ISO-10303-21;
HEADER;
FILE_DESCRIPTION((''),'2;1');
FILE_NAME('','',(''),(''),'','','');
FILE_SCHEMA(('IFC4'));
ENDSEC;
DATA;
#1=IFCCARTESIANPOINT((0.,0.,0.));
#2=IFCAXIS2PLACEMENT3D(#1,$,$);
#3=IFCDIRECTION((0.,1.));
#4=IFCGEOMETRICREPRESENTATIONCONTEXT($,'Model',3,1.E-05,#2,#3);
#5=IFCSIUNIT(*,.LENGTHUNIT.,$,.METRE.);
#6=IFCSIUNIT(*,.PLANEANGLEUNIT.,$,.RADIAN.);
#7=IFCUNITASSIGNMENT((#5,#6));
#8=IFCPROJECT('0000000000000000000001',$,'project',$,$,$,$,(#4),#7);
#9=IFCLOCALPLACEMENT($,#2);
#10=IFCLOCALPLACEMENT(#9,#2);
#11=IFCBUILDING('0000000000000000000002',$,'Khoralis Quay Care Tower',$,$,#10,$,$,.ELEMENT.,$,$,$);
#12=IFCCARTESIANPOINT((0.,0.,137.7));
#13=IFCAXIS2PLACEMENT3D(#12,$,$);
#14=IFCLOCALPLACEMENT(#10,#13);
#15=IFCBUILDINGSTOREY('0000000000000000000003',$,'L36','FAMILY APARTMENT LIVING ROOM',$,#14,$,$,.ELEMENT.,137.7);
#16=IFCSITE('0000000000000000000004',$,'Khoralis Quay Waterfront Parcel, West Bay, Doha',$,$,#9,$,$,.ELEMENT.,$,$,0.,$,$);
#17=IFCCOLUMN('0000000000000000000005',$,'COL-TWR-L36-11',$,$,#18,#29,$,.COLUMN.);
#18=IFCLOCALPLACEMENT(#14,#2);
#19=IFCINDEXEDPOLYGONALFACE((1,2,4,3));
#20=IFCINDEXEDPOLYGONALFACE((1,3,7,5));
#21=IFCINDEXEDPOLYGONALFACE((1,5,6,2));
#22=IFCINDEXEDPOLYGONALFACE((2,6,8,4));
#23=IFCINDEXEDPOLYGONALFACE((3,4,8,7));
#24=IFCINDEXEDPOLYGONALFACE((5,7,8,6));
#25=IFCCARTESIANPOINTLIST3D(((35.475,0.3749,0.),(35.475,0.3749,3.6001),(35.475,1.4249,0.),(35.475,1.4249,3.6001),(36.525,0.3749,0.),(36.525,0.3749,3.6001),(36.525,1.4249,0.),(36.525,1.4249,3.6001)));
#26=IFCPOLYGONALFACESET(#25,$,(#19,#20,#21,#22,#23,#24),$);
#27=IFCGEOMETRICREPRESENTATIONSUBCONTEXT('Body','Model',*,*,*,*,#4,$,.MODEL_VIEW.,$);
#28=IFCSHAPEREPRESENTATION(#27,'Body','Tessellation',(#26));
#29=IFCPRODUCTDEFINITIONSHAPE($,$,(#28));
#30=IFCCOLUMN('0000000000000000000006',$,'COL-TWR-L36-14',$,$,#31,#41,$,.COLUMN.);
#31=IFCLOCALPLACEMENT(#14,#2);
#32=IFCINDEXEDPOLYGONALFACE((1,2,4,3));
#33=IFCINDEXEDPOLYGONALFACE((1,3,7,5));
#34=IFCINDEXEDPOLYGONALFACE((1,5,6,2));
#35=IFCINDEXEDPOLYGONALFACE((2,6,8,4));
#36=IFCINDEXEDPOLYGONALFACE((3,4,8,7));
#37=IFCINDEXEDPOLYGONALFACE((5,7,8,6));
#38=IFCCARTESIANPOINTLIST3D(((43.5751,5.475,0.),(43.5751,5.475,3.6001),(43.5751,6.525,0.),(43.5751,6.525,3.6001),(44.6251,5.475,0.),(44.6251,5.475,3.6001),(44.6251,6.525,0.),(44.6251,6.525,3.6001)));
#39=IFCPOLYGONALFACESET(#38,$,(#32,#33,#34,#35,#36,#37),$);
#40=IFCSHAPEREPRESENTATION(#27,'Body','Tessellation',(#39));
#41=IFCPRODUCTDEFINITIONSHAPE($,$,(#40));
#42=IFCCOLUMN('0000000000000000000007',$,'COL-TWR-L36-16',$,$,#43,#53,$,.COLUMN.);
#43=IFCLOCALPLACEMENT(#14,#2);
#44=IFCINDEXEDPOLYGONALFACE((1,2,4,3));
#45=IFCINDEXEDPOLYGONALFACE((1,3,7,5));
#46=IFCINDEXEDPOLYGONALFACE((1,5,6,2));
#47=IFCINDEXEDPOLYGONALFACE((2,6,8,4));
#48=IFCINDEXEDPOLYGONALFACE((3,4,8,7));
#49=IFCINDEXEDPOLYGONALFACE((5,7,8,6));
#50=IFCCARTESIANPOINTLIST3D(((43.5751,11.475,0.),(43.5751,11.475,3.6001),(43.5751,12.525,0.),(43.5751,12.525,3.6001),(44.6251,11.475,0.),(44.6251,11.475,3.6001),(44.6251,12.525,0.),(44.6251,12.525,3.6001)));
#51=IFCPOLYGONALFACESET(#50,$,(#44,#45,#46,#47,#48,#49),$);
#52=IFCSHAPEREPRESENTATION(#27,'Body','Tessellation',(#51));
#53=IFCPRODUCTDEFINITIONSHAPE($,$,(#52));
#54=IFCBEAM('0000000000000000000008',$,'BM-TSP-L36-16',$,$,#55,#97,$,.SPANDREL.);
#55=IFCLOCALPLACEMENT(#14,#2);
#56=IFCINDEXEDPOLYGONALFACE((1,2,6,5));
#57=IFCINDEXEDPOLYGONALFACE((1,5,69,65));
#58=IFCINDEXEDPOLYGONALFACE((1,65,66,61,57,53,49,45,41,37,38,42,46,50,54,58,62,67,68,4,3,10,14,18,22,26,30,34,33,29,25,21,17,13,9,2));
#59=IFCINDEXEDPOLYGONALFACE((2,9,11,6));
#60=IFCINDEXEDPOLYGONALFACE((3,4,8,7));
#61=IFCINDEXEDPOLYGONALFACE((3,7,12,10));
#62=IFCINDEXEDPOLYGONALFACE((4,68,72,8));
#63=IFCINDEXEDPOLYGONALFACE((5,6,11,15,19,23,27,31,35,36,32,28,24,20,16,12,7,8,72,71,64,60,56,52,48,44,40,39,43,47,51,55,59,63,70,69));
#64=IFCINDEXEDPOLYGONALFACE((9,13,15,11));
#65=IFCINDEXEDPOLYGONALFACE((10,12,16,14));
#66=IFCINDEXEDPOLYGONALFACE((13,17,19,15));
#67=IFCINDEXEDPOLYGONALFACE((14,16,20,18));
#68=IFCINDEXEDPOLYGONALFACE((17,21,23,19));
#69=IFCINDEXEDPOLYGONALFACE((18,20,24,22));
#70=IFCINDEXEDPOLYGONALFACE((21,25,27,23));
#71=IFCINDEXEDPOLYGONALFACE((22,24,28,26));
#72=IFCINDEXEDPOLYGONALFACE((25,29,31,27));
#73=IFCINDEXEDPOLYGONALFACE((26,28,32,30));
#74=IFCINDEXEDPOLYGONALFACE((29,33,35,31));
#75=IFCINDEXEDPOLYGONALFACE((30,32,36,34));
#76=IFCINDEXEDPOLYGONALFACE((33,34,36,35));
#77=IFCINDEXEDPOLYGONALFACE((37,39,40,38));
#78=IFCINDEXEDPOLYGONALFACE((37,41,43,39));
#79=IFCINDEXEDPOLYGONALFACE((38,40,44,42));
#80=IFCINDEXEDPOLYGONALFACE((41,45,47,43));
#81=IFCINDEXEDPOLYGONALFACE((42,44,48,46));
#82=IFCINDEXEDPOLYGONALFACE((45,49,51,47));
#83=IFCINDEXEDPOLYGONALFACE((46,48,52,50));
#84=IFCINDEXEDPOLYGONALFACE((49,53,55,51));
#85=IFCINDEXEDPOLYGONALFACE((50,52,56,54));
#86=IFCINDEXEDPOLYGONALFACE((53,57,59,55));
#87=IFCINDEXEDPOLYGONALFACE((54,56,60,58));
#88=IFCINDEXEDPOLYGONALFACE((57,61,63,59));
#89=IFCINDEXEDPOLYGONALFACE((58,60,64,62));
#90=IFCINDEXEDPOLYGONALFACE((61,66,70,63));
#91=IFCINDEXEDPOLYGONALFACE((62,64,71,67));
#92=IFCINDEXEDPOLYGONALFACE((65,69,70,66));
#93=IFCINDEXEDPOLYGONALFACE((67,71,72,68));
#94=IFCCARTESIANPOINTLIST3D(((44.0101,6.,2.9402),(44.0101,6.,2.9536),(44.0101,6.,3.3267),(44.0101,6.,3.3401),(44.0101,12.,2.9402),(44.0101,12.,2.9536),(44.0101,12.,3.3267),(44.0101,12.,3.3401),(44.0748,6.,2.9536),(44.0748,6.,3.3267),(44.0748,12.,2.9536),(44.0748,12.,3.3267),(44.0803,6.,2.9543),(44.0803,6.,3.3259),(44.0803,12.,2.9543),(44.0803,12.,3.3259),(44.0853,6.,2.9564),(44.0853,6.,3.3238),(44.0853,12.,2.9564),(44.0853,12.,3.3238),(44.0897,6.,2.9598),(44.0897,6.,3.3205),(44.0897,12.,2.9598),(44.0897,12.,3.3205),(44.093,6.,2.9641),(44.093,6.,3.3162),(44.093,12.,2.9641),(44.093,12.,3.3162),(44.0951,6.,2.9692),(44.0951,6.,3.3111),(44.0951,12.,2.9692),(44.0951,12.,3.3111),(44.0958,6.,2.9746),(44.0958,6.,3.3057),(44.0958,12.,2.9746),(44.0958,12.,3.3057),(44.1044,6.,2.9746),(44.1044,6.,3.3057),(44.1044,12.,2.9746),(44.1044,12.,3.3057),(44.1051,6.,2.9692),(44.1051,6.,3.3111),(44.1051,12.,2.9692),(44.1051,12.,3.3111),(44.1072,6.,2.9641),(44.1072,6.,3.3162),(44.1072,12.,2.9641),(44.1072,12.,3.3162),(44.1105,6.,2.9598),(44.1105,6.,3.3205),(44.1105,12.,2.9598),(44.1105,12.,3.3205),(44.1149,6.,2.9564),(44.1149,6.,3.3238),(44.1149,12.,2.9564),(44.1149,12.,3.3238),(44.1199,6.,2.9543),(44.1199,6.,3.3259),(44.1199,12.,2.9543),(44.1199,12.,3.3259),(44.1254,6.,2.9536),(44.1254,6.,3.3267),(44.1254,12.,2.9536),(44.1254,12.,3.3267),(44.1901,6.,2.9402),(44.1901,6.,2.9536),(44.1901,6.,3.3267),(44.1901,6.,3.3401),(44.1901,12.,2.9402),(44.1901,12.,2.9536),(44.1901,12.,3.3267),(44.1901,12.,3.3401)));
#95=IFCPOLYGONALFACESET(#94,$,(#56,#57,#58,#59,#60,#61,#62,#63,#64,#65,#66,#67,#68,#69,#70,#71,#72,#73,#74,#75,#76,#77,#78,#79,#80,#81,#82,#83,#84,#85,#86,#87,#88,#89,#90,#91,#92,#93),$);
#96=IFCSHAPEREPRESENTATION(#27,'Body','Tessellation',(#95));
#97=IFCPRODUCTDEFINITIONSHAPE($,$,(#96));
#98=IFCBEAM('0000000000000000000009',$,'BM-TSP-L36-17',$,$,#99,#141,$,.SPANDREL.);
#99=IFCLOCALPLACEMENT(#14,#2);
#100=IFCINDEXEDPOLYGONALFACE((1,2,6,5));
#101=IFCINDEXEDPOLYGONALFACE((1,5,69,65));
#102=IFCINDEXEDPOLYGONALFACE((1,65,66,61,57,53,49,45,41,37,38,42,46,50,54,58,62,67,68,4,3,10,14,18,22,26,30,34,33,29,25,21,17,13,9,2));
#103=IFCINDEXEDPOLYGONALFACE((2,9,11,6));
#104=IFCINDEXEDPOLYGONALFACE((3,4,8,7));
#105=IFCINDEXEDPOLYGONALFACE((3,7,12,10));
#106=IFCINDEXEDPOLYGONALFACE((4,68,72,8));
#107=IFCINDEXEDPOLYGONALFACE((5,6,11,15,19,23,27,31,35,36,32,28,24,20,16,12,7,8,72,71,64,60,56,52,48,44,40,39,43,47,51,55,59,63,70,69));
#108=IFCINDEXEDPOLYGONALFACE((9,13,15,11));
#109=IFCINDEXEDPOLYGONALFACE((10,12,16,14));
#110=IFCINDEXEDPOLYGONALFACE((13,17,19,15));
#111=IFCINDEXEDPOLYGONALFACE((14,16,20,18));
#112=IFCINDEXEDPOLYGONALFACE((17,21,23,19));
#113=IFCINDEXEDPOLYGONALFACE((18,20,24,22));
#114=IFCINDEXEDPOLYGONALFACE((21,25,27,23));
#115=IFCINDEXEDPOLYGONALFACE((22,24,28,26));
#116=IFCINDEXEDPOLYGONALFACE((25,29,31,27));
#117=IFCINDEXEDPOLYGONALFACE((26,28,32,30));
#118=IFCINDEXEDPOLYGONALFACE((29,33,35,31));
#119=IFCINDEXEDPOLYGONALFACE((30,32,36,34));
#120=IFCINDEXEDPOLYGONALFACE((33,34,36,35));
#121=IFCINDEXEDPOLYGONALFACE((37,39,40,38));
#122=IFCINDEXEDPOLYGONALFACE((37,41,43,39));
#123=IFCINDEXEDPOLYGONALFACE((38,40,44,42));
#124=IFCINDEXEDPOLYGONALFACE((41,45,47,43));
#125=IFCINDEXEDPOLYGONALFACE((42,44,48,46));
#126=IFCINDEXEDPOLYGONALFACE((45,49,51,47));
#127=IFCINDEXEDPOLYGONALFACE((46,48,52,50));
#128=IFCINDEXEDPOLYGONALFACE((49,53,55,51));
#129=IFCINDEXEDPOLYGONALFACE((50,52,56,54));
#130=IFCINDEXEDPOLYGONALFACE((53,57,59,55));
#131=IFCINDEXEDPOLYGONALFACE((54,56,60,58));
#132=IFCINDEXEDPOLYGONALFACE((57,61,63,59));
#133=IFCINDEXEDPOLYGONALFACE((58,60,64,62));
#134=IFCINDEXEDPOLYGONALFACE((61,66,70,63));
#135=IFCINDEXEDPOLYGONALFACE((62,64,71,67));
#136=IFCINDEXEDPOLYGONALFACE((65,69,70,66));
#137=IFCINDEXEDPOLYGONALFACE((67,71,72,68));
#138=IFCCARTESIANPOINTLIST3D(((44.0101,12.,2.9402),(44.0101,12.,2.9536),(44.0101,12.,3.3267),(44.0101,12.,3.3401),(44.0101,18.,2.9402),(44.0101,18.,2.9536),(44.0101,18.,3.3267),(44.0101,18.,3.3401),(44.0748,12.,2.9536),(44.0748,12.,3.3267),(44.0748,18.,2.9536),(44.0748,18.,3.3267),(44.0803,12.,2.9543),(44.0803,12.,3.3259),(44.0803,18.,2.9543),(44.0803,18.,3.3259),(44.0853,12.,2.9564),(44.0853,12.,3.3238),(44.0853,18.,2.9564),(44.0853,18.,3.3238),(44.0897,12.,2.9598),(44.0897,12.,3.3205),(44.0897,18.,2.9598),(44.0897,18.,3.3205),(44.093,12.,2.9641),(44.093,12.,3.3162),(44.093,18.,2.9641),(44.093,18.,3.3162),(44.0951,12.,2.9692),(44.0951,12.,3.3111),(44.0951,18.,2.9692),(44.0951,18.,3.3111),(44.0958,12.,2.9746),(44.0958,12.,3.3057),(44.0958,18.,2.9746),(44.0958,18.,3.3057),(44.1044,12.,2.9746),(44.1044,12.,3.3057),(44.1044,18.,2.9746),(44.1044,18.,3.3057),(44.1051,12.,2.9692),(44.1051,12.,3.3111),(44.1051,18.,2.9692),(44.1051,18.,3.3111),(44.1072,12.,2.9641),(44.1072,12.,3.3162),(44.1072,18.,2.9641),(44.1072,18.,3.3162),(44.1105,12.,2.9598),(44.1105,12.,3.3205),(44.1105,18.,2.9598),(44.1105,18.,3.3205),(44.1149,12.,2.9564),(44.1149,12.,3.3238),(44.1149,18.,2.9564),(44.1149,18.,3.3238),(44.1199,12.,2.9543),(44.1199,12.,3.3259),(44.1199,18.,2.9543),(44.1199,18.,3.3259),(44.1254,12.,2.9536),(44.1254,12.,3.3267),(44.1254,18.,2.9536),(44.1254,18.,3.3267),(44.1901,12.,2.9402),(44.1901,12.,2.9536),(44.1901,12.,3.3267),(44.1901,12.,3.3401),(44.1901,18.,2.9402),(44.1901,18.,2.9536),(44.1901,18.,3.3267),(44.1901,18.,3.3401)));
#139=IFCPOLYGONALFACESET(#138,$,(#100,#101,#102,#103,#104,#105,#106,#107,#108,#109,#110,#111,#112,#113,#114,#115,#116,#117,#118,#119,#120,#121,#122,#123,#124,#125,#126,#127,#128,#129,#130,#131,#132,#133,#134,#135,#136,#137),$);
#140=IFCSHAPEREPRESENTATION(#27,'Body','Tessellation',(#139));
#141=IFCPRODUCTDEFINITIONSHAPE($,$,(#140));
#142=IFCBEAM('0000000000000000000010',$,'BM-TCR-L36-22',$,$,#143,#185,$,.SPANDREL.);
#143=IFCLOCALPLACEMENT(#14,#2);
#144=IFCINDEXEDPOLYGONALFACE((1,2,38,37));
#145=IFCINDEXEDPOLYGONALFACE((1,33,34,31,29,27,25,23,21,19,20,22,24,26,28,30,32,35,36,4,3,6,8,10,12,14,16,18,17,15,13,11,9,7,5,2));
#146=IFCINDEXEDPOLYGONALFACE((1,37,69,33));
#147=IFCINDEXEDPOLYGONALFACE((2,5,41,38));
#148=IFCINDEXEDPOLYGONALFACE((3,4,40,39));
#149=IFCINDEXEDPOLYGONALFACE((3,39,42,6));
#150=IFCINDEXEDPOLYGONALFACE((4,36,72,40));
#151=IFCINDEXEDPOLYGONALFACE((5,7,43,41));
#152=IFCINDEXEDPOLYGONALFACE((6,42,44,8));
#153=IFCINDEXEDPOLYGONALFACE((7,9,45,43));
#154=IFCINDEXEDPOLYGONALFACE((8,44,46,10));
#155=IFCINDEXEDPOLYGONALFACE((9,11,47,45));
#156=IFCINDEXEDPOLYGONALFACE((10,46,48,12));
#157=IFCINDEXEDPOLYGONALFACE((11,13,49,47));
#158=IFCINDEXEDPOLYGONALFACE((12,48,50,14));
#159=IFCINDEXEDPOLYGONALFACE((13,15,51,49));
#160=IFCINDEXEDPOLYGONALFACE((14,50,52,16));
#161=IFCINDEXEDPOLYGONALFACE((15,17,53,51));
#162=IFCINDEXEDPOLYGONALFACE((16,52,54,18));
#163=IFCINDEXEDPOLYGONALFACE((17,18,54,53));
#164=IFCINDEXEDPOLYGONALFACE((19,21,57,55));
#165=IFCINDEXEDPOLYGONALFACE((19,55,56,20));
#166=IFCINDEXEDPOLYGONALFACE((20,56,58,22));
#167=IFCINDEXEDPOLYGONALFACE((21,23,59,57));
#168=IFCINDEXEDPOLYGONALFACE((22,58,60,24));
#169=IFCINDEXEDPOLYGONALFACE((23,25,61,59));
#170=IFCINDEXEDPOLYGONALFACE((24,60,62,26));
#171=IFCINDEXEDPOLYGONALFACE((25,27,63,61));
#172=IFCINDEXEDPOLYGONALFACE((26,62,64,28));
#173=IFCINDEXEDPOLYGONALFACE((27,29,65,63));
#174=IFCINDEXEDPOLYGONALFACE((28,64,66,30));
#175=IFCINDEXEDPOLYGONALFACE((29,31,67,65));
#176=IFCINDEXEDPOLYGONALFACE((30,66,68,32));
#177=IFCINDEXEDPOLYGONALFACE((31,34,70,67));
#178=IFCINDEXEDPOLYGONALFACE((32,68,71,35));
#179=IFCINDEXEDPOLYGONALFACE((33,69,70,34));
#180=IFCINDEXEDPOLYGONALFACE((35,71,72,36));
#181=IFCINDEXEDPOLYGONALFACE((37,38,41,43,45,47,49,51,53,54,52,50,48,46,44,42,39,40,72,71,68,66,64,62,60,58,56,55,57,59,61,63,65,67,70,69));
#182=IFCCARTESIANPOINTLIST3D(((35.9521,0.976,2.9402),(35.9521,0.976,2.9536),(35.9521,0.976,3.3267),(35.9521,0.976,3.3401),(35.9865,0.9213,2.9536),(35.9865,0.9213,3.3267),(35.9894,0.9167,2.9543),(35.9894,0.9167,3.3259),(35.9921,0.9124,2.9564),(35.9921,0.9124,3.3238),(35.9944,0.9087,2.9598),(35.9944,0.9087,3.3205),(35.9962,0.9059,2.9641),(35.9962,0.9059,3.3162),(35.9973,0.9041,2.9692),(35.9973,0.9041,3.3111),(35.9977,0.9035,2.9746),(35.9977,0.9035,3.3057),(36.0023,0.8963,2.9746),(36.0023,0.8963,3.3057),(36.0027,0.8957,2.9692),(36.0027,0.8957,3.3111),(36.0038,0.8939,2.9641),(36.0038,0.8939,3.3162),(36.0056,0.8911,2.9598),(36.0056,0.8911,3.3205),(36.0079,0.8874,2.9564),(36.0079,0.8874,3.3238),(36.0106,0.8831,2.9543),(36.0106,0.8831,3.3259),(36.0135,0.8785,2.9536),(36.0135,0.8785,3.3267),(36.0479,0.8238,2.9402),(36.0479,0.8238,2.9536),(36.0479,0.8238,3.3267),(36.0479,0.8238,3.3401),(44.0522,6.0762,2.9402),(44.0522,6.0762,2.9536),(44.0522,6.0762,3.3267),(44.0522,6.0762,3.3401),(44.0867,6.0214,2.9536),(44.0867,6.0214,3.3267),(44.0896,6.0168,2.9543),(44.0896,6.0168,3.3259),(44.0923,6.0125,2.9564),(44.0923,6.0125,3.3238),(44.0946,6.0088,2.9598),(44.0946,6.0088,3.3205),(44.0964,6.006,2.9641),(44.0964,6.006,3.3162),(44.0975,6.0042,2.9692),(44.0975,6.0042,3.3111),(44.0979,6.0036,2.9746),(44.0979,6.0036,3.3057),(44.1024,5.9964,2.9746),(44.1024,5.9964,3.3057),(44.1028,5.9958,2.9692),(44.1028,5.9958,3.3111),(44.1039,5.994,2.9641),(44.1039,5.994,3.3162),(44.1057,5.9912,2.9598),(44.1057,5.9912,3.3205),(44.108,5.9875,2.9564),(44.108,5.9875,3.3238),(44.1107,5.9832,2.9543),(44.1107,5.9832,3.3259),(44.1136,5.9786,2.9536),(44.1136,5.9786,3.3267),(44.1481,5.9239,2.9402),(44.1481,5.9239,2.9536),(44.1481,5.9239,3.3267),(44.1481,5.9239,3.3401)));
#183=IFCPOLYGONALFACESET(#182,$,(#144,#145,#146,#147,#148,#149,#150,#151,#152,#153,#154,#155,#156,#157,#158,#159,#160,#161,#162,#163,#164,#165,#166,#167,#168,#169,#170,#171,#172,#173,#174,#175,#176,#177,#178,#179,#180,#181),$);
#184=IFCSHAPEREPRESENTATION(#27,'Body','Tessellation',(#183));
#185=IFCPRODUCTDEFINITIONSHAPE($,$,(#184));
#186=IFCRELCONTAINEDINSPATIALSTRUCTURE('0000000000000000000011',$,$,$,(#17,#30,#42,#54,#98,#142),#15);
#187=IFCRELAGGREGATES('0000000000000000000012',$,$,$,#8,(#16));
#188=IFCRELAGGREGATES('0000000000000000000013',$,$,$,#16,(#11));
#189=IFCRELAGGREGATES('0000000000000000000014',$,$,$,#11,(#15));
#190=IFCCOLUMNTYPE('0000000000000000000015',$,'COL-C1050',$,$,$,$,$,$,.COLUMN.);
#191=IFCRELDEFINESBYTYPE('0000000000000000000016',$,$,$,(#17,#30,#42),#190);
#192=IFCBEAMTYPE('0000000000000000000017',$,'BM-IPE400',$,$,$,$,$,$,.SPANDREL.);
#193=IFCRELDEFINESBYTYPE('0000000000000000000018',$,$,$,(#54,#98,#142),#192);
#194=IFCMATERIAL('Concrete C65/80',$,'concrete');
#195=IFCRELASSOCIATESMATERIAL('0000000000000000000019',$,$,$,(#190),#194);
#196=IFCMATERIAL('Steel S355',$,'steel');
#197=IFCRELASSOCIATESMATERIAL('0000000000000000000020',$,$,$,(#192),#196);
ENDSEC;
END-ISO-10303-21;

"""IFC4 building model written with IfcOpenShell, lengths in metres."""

from ifc_helpers import new_model, si_unit, direction, frame, origin, origin_2d, place, context, subcontext, project, spatial, rectangle, i_section, extrude, source, transform, mapped, material, material_profile, profile_set, type_object, element, save


model = new_model("IFC4")

# Units and contexts
model_context = context("Model", 3, precision=1e-05, world=origin(), true_north=direction((0.0, 1.0)))
body_context = subcontext(model_context, "Body", "Model", "MODEL_VIEW")
ifc_project = project(units=[si_unit("LENGTHUNIT", "METRE"), si_unit("PLANEANGLEUNIT", "RADIAN")], contexts=[model_context])

# Site, building, storey
site_placement = place(None, origin())
site = spatial("IfcSite", under=ifc_project, at=site_placement, Name="Khoralis Quay Waterfront Parcel, West Bay, Doha", CompositionType="ELEMENT", RefElevation=0.0)
building_placement = place(site_placement, origin())
building = spatial("IfcBuilding", under=site, at=building_placement, Name="Khoralis Quay Care Tower", CompositionType="ELEMENT")
storey_placement = place(building_placement, frame((0.0, 0.0, 137.7)))
storey = spatial("IfcBuildingStorey", under=building, at=storey_placement, Name="L36", Description="FAMILY APARTMENT LIVING ROOM", CompositionType="ELEMENT", Elevation=137.7)

# Columns
ifc_material_1 = material(Name="Concrete C65/80", Category="concrete")
ifc_material_profile_1 = material_profile(ifc_material_1, rectangle(XDim=1.05, YDim=1.05, at=origin_2d()), Name="Concrete C65/80")
ifc_profile_set_1 = profile_set([ifc_material_profile_1], Name="Concrete C65/80")
column_type = type_object("IfcColumnType", Name="COL-C1050", PredefinedType="COLUMN", material=ifc_profile_set_1)
shared_shape_1 = source(origin(), body_context, "Body", "SweptSolid", [
    extrude(rectangle(XDim=1.05, YDim=1.05, at=origin_2d()), origin(), (0.0, 0.0, 1.0), 3.6001),
])
for number, where, z_axis, x_axis, name in (
    (1, (36.0, 0.8999, 0.0), (0.0, 0.0, 1.0), (1.0, 0.0, 0.0), "COL-TWR-L36-11"),
    (2, (44.1001, 6.0, 0.0), (0.0, 0.0, 1.0), (1.0, 0.0, 0.0), "COL-TWR-L36-14"),
    (3, (44.1001, 12.0, 0.0), (0.0, 0.0, 1.0), (1.0, 0.0, 0.0), "COL-TWR-L36-16"),
):
    element("IfcColumn", number, at=place(storey_placement, frame(where, z_axis=z_axis, x_axis=x_axis)), inside=storey, type_object=column_type, Name=name, PredefinedType="COLUMN", context=body_context, shape_type="MappedRepresentation", body=[
        mapped(shared_shape_1, transform((0.0, 0.0, 0.0), scale=1.0)),
    ])

# Beams
ifc_material_2 = material(Name="Steel S355", Category="steel")
ifc_material_profile_2 = material_profile(ifc_material_2, i_section(OverallWidth=0.1799, OverallDepth=0.3999, WebThickness=0.0085, FlangeThickness=0.0134, FilletRadius=0.021, at=origin_2d()), Name="Steel S355")
ifc_profile_set_2 = profile_set([ifc_material_profile_2], Name="Steel S355")
beam_type_1 = type_object("IfcBeamType", Name="BM-IPE400", PredefinedType="SPANDREL", material=ifc_profile_set_2)
shared_shape_2 = source(origin(), body_context, "Body", "SweptSolid", [
    extrude(i_section(OverallWidth=0.1799, OverallDepth=0.3999, WebThickness=0.0085, FlangeThickness=0.0134, FilletRadius=0.021, at=origin_2d()), origin(), (0.0, 0.0, 1.0), 6.0),
])
for number, where, z_axis, x_axis, name in (
    (4, (44.1001, 6.0, 3.1401), (0.0, 1.0, 0.0), (-1.0, 0.0, 0.0), "BM-TSP-L36-16"),
    (5, (44.1001, 12.0, 3.1401), (0.0, 1.0, 0.0), (-1.0, 0.0, 0.0), "BM-TSP-L36-17"),
):
    element("IfcBeam", number, at=place(storey_placement, frame(where, z_axis=z_axis, x_axis=x_axis)), inside=storey, type_object=beam_type_1, Name=name, PredefinedType="SPANDREL", context=body_context, shape_type="MappedRepresentation", body=[
        mapped(shared_shape_2, transform((0.0, 0.0, 0.0), scale=1.0)),
    ])
shared_shape_3 = source(origin(), body_context, "Body", "SweptSolid", [
    extrude(i_section(OverallWidth=0.1799, OverallDepth=0.3999, WebThickness=0.0085, FlangeThickness=0.0134, FilletRadius=0.021, at=origin_2d()), origin(), (0.0, 0.0, 1.0), 9.572),
])
beam_1_placement = place(storey_placement, frame((36.0, 0.8999, 3.1401), z_axis=(0.846231, 0.532816, 0.0), x_axis=(-0.532816, 0.846231, 0.0)))
element("IfcBeam", 6, at=beam_1_placement, inside=storey, type_object=beam_type_1, Name="BM-TCR-L36-22", PredefinedType="SPANDREL", context=body_context, shape_type="MappedRepresentation", body=[
    mapped(shared_shape_3, transform((0.0, 0.0, 0.0), scale=1.0)),
])

save(model, "model.ifc")
